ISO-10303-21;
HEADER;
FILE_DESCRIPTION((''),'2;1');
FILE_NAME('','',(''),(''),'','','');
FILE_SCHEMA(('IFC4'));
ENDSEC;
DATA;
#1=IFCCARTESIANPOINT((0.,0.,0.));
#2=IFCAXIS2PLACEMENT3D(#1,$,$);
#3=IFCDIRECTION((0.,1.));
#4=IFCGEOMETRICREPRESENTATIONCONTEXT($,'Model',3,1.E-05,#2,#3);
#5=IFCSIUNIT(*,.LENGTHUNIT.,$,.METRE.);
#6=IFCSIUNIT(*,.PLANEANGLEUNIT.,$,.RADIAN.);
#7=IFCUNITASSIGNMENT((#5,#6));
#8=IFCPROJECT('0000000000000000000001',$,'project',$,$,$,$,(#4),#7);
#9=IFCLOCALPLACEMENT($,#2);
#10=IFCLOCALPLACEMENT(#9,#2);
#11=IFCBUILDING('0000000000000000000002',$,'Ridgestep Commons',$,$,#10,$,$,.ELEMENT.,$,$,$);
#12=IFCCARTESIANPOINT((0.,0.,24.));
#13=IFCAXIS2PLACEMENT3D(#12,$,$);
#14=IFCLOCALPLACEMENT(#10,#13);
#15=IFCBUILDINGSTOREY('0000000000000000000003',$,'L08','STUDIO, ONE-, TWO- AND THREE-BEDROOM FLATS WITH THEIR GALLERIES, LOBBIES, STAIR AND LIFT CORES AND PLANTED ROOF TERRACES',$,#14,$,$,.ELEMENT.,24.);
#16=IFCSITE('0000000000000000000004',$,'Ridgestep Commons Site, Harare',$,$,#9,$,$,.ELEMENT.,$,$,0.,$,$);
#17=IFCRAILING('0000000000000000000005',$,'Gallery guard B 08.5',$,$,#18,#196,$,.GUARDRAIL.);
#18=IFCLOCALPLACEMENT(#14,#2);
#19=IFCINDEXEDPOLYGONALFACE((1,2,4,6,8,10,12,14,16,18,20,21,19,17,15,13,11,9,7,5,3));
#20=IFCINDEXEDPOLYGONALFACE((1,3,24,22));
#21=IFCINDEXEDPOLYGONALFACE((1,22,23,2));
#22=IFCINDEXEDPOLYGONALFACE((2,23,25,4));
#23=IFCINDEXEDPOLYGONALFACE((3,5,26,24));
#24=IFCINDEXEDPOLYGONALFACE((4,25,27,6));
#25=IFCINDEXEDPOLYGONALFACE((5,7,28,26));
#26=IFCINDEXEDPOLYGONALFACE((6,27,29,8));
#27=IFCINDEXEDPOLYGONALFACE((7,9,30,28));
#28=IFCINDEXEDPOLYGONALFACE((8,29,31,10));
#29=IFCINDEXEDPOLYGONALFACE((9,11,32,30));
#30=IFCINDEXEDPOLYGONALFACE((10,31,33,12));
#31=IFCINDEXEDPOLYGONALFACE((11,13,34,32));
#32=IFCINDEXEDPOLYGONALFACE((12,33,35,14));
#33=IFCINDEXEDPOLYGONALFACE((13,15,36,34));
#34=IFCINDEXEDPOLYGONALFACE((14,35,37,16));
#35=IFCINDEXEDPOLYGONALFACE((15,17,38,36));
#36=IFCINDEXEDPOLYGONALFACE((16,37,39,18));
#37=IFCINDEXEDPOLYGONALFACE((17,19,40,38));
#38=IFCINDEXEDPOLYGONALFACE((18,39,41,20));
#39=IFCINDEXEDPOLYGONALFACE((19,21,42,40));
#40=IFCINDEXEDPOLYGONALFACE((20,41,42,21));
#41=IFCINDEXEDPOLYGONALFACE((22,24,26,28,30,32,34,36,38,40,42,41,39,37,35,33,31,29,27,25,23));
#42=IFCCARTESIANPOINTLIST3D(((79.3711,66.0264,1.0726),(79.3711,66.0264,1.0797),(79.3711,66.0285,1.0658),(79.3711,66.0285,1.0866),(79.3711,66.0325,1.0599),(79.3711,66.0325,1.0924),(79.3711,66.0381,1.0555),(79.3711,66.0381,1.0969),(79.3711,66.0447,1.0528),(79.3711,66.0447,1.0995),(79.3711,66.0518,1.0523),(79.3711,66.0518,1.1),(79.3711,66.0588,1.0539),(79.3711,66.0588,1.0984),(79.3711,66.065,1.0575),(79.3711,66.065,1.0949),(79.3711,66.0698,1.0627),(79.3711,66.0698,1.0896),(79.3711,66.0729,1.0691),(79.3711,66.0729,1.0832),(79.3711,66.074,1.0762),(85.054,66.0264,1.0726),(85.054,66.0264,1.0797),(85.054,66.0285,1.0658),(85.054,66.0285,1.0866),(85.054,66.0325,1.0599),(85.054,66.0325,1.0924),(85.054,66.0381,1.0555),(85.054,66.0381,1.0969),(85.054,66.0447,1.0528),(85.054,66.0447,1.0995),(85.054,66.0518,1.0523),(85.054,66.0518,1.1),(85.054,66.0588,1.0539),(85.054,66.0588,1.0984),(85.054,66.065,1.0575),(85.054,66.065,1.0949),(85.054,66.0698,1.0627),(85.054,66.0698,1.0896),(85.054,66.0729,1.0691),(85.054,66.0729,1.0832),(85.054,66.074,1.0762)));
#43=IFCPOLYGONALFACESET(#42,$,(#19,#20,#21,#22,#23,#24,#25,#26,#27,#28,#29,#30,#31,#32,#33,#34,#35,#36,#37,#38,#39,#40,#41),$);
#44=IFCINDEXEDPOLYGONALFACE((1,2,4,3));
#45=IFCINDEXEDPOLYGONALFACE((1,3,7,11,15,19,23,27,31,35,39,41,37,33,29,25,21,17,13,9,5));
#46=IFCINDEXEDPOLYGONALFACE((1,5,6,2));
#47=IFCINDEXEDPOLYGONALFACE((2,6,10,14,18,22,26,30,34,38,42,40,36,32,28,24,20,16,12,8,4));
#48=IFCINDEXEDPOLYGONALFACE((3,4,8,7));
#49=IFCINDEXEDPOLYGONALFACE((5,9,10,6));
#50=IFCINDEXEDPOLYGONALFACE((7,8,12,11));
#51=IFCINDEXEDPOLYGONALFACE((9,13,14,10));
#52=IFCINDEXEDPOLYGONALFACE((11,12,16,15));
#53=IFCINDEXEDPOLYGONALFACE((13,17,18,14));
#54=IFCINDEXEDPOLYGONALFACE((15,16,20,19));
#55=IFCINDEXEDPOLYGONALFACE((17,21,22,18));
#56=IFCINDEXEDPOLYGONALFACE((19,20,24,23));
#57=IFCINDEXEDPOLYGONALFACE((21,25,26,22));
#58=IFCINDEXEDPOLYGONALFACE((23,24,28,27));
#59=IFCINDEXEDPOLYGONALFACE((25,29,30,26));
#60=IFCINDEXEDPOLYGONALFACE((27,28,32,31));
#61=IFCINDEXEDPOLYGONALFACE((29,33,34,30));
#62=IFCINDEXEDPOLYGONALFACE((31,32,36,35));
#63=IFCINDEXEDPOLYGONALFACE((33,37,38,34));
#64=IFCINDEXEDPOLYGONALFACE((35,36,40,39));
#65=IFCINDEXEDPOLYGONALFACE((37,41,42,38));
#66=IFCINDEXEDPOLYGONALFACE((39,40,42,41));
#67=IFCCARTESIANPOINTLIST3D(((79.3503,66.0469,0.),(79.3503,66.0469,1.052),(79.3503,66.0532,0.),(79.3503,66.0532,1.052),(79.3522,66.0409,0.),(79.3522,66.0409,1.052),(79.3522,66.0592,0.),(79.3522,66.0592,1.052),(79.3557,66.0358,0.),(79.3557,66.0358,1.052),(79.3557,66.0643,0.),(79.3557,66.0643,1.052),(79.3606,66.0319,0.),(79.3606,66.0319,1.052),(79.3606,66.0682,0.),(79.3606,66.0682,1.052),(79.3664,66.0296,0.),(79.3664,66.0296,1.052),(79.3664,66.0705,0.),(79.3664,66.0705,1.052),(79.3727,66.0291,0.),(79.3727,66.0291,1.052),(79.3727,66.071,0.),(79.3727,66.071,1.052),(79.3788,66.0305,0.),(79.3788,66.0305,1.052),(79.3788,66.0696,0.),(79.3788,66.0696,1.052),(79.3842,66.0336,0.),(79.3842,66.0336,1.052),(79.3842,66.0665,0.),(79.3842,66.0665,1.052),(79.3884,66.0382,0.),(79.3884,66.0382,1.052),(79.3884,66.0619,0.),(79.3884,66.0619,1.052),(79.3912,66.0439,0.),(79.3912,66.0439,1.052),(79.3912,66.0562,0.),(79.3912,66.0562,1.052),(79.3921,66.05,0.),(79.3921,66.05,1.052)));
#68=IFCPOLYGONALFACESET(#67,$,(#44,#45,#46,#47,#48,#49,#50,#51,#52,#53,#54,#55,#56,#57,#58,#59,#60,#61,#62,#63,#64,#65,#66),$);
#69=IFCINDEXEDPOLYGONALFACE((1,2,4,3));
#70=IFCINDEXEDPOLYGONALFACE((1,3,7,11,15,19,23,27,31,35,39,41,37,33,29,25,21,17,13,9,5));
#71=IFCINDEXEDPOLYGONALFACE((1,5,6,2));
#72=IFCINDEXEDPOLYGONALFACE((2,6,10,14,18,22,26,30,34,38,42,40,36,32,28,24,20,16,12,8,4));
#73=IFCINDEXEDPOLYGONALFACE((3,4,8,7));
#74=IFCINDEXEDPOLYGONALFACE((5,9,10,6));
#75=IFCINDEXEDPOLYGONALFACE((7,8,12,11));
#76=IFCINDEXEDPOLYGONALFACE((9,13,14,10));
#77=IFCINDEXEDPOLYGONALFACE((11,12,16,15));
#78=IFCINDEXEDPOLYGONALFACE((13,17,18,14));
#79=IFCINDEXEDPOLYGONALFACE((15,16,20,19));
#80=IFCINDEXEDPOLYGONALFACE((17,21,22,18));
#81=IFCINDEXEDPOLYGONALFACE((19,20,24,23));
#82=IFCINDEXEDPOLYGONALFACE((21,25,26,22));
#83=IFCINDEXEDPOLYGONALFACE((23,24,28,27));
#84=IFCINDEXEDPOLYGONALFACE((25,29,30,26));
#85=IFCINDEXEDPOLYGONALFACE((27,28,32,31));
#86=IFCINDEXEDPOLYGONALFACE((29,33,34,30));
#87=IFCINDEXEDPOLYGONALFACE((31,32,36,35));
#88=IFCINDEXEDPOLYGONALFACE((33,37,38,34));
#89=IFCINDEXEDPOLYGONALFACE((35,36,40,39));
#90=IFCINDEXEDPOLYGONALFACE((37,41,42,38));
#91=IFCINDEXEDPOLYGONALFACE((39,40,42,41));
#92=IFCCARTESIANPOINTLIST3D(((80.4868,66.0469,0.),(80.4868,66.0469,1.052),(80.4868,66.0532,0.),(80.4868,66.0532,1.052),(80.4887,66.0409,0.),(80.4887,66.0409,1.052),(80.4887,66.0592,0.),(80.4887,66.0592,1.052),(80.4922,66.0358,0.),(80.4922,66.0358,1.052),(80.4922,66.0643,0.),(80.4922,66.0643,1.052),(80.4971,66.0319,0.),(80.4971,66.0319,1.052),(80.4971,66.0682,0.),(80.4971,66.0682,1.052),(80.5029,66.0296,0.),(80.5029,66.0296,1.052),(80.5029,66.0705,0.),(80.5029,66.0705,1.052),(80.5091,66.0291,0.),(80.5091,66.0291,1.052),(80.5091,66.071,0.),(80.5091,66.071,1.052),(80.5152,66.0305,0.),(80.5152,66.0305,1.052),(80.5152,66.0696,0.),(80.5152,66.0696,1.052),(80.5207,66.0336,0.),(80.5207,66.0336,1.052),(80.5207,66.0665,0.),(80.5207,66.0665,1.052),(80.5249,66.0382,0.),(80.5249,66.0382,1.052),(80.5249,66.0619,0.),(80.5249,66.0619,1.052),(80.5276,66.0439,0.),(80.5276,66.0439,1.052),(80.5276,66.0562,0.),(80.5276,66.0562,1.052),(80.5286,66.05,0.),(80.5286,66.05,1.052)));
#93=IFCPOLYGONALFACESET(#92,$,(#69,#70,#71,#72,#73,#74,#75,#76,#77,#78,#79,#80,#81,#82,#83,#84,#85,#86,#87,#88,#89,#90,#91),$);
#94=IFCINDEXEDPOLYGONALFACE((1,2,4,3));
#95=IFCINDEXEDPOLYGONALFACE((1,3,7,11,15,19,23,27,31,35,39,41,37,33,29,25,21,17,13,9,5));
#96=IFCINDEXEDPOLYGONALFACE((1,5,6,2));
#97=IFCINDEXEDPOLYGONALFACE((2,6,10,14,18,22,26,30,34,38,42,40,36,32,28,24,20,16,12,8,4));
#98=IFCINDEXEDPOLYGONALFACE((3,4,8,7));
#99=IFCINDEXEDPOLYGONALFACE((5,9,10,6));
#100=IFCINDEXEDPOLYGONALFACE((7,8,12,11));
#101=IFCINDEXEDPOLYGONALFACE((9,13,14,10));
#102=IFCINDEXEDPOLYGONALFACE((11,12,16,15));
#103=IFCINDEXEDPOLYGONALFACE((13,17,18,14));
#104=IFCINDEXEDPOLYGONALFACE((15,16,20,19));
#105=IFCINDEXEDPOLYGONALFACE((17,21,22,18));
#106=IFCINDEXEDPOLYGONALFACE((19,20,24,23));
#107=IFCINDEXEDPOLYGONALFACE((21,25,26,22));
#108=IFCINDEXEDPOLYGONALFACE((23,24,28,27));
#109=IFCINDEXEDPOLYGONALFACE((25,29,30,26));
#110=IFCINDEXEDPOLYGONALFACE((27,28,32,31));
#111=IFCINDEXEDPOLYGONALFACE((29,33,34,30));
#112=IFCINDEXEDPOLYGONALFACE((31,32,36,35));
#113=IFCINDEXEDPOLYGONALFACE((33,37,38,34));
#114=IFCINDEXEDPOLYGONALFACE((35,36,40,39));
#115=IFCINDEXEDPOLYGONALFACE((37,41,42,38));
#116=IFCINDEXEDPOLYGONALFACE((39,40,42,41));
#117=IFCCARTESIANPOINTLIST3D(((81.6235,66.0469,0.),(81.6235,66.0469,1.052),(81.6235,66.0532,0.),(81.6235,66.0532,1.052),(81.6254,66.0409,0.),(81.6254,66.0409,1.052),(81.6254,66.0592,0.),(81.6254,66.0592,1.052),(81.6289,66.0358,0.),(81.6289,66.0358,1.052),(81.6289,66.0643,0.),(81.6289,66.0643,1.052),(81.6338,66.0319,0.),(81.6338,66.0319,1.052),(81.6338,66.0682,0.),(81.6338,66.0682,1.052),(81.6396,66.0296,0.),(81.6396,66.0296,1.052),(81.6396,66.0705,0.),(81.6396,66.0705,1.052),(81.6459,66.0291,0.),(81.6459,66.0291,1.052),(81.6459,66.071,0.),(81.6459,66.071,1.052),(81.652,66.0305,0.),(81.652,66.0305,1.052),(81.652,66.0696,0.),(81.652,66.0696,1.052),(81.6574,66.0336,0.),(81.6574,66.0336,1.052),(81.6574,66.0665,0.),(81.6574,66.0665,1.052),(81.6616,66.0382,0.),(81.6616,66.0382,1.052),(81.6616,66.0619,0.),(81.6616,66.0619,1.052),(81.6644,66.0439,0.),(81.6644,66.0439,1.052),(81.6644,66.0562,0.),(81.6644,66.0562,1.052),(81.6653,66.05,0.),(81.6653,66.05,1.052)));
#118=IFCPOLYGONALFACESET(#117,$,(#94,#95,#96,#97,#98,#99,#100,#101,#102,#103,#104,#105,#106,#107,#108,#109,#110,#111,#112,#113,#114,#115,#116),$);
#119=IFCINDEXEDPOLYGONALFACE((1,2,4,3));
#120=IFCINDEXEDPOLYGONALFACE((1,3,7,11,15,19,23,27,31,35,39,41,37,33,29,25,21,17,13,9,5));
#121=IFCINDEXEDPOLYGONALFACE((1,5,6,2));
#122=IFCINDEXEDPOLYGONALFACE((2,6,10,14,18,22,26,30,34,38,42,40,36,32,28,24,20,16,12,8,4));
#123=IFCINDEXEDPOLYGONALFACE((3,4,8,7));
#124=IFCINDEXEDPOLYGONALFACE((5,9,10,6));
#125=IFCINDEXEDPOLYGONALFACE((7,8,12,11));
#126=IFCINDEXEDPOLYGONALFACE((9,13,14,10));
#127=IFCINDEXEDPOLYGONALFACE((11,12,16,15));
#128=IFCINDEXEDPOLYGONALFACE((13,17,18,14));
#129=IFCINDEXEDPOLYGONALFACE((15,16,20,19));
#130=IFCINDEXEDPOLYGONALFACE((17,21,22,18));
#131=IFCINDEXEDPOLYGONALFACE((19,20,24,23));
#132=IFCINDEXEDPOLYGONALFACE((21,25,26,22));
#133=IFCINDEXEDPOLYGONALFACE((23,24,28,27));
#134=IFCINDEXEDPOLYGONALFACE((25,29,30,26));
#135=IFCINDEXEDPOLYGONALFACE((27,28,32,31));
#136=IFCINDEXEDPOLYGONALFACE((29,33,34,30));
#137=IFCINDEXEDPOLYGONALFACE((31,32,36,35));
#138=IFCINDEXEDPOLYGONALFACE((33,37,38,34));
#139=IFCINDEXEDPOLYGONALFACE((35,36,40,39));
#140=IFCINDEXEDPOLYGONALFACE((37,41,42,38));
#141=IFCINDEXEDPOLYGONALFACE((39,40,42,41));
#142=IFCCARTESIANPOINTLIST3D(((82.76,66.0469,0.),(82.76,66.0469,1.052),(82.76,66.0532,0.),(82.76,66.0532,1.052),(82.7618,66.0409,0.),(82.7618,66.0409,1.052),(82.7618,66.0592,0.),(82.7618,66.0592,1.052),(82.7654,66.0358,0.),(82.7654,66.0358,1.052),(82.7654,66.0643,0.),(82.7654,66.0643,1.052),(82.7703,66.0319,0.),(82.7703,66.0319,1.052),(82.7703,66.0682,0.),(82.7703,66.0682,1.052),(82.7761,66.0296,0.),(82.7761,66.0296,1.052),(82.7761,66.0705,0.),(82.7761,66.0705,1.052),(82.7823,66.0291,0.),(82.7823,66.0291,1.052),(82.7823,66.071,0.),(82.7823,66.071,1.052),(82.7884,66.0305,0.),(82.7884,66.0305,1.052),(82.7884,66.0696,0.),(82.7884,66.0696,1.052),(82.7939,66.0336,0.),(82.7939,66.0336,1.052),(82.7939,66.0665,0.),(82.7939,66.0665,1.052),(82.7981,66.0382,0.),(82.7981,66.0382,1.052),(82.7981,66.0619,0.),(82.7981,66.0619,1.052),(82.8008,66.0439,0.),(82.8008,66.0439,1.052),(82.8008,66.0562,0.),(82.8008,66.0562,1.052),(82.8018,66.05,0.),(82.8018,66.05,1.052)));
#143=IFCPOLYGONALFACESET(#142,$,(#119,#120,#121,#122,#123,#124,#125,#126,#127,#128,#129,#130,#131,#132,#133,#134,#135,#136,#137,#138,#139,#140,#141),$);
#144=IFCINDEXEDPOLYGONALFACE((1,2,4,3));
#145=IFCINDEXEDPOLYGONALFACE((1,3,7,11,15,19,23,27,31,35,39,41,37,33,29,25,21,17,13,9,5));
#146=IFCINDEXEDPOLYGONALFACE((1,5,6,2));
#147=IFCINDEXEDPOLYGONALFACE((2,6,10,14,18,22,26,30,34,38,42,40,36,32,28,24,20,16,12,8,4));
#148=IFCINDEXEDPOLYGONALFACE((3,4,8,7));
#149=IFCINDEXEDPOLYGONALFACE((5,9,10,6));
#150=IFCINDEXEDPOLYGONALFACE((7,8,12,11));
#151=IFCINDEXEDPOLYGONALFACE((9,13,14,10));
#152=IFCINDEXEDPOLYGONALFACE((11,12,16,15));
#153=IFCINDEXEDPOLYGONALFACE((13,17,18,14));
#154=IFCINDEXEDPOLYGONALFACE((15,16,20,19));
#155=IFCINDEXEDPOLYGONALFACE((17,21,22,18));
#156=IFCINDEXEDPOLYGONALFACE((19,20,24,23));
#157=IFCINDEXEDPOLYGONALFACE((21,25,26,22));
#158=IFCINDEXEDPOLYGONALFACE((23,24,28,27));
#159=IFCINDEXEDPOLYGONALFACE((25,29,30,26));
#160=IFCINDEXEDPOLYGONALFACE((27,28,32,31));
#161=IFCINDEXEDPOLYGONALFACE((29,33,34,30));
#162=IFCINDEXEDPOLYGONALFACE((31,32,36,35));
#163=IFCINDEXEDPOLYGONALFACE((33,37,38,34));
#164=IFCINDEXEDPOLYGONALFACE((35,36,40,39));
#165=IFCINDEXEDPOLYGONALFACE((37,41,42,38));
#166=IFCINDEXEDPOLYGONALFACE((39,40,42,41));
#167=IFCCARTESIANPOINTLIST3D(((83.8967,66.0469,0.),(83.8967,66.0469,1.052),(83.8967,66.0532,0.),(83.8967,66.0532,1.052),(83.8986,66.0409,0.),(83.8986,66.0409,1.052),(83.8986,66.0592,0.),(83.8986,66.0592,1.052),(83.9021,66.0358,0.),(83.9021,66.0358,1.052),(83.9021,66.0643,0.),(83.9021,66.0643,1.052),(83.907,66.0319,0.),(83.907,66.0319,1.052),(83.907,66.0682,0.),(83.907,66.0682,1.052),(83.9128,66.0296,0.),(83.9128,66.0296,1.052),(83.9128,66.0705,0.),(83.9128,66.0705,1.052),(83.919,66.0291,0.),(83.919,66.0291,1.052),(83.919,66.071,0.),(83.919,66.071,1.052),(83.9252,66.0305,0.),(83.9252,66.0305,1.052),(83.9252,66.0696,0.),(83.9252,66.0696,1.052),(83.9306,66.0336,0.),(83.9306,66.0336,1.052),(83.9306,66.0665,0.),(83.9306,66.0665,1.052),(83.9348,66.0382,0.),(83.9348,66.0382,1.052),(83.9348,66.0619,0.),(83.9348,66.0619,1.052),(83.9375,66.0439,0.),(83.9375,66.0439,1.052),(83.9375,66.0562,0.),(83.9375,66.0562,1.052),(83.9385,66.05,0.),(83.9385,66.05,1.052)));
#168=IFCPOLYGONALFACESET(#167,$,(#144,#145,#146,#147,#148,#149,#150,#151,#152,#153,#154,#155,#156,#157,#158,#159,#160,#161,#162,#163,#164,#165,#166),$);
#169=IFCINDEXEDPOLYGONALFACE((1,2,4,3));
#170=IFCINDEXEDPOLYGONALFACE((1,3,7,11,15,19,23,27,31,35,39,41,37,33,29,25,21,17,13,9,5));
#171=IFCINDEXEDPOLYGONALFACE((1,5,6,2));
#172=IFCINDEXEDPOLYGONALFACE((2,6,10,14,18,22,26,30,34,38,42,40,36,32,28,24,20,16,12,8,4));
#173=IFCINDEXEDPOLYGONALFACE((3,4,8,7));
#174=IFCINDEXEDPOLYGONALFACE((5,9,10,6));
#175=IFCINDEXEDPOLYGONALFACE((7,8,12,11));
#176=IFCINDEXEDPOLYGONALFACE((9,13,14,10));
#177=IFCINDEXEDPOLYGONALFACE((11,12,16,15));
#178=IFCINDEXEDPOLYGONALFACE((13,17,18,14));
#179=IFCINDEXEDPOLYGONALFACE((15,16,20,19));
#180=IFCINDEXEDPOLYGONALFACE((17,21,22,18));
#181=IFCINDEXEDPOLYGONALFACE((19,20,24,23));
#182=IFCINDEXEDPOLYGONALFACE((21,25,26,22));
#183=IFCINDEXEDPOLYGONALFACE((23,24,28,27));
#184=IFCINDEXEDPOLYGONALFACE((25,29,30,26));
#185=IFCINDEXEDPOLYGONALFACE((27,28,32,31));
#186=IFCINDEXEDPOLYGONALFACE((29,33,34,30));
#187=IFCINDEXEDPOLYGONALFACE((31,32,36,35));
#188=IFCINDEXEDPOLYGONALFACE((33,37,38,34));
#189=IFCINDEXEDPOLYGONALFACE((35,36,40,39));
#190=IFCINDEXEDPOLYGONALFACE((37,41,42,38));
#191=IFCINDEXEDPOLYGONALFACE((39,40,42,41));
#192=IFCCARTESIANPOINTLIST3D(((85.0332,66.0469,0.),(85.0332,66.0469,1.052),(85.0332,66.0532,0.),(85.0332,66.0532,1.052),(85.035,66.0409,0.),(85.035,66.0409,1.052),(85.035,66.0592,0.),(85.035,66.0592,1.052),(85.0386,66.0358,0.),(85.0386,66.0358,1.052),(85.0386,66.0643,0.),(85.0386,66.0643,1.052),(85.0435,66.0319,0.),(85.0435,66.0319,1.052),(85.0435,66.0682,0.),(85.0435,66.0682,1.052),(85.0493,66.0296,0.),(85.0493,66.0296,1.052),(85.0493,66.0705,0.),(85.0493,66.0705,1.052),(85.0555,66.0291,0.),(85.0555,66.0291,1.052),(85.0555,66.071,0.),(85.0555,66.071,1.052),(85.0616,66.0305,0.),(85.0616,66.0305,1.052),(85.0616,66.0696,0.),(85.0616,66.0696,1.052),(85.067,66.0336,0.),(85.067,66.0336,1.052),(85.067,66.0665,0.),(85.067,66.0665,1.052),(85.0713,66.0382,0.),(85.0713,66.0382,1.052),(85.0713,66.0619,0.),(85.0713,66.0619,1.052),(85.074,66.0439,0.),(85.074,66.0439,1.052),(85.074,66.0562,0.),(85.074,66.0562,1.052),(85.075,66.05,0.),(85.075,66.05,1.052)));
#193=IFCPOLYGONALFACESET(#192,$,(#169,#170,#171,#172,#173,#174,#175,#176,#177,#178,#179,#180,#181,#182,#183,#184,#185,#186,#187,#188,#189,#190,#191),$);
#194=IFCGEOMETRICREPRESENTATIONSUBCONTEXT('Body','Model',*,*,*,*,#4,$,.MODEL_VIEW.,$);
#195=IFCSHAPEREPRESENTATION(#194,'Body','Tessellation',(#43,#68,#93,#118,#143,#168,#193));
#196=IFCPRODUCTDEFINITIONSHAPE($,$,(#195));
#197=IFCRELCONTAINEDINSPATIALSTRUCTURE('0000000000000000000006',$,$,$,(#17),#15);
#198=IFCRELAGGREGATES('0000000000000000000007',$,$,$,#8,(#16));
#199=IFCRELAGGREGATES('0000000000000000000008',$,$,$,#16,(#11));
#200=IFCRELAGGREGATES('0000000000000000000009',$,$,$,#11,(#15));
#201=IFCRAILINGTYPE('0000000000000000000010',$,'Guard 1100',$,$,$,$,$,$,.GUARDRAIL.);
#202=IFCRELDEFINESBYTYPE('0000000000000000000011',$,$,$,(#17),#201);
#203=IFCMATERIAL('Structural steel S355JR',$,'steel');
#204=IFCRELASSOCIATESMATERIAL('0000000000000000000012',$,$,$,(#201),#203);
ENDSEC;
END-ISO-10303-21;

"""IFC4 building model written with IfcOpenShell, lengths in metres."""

from ifc_helpers import new_model, si_unit, direction, frame, origin, origin_2d, place, context, subcontext, project, spatial, circle, extrude, material, type_object, element, save


model = new_model("IFC4")

# Units and contexts
model_context = context("Model", 3, precision=1e-05, world=origin(), true_north=direction((0.0, 1.0)))
body_context = subcontext(model_context, "Body", "Model", "MODEL_VIEW")
ifc_project = project(units=[si_unit("LENGTHUNIT", "METRE"), si_unit("PLANEANGLEUNIT", "RADIAN")], contexts=[model_context])

# Site, building, storey
site_placement = place(None, origin())
site = spatial("IfcSite", under=ifc_project, at=site_placement, Name="Ridgestep Commons Site, Harare", CompositionType="ELEMENT", RefElevation=0.0)
building_placement = place(site_placement, origin())
building = spatial("IfcBuilding", under=site, at=building_placement, Name="Ridgestep Commons", CompositionType="ELEMENT")
storey_placement = place(building_placement, frame((0.0, 0.0, 24.0)))
storey = spatial("IfcBuildingStorey", under=building, at=storey_placement, Name="L08", Description="STUDIO, ONE-, TWO- AND THREE-BEDROOM FLATS WITH THEIR GALLERIES, LOBBIES, STAIR AND LIFT CORES AND PLANTED ROOF TERRACES", CompositionType="ELEMENT", Elevation=24.0)

# Railing
ifc_material_1 = material(Name="Structural steel S355JR", Category="steel")
railing_type_1 = type_object("IfcRailingType", Name="Guard 1100", PredefinedType="GUARDRAIL", material=ifc_material_1)
railing_1_placement = place(storey_placement, frame((79.3711, 66.05, 0.0)))
element("IfcRailing", 1, at=railing_1_placement, inside=storey, type_object=railing_type_1, Name="Gallery guard B 08.5", PredefinedType="GUARDRAIL", context=body_context, shape_type="SweptSolid", body=[
    extrude(circle(Radius=0.0239, at=origin_2d()), frame((0.0, 0.0, 1.0762), z_axis=(1.0, 0.0, 0.0), x_axis=(0.0, 1.0, 0.0)), (0.0, 0.0, 1.0), 5.6829),
    extrude(circle(Radius=0.021, at=origin_2d()), origin(), (0.0, 0.0, 1.0), 1.052),
    extrude(circle(Radius=0.021, at=origin_2d()), frame((1.1365, 0.0, 0.0)), (0.0, 0.0, 1.0), 1.052),
    extrude(circle(Radius=0.021, at=origin_2d()), frame((2.2732, 0.0, 0.0)), (0.0, 0.0, 1.0), 1.052),
    extrude(circle(Radius=0.021, at=origin_2d()), frame((3.4097, 0.0, 0.0)), (0.0, 0.0, 1.0), 1.052),
    extrude(circle(Radius=0.021, at=origin_2d()), frame((4.5464, 0.0, 0.0)), (0.0, 0.0, 1.0), 1.052),
    extrude(circle(Radius=0.021, at=origin_2d()), frame((5.6829, 0.0, 0.0)), (0.0, 0.0, 1.0), 1.052),
])

save(model, "model.ifc")
